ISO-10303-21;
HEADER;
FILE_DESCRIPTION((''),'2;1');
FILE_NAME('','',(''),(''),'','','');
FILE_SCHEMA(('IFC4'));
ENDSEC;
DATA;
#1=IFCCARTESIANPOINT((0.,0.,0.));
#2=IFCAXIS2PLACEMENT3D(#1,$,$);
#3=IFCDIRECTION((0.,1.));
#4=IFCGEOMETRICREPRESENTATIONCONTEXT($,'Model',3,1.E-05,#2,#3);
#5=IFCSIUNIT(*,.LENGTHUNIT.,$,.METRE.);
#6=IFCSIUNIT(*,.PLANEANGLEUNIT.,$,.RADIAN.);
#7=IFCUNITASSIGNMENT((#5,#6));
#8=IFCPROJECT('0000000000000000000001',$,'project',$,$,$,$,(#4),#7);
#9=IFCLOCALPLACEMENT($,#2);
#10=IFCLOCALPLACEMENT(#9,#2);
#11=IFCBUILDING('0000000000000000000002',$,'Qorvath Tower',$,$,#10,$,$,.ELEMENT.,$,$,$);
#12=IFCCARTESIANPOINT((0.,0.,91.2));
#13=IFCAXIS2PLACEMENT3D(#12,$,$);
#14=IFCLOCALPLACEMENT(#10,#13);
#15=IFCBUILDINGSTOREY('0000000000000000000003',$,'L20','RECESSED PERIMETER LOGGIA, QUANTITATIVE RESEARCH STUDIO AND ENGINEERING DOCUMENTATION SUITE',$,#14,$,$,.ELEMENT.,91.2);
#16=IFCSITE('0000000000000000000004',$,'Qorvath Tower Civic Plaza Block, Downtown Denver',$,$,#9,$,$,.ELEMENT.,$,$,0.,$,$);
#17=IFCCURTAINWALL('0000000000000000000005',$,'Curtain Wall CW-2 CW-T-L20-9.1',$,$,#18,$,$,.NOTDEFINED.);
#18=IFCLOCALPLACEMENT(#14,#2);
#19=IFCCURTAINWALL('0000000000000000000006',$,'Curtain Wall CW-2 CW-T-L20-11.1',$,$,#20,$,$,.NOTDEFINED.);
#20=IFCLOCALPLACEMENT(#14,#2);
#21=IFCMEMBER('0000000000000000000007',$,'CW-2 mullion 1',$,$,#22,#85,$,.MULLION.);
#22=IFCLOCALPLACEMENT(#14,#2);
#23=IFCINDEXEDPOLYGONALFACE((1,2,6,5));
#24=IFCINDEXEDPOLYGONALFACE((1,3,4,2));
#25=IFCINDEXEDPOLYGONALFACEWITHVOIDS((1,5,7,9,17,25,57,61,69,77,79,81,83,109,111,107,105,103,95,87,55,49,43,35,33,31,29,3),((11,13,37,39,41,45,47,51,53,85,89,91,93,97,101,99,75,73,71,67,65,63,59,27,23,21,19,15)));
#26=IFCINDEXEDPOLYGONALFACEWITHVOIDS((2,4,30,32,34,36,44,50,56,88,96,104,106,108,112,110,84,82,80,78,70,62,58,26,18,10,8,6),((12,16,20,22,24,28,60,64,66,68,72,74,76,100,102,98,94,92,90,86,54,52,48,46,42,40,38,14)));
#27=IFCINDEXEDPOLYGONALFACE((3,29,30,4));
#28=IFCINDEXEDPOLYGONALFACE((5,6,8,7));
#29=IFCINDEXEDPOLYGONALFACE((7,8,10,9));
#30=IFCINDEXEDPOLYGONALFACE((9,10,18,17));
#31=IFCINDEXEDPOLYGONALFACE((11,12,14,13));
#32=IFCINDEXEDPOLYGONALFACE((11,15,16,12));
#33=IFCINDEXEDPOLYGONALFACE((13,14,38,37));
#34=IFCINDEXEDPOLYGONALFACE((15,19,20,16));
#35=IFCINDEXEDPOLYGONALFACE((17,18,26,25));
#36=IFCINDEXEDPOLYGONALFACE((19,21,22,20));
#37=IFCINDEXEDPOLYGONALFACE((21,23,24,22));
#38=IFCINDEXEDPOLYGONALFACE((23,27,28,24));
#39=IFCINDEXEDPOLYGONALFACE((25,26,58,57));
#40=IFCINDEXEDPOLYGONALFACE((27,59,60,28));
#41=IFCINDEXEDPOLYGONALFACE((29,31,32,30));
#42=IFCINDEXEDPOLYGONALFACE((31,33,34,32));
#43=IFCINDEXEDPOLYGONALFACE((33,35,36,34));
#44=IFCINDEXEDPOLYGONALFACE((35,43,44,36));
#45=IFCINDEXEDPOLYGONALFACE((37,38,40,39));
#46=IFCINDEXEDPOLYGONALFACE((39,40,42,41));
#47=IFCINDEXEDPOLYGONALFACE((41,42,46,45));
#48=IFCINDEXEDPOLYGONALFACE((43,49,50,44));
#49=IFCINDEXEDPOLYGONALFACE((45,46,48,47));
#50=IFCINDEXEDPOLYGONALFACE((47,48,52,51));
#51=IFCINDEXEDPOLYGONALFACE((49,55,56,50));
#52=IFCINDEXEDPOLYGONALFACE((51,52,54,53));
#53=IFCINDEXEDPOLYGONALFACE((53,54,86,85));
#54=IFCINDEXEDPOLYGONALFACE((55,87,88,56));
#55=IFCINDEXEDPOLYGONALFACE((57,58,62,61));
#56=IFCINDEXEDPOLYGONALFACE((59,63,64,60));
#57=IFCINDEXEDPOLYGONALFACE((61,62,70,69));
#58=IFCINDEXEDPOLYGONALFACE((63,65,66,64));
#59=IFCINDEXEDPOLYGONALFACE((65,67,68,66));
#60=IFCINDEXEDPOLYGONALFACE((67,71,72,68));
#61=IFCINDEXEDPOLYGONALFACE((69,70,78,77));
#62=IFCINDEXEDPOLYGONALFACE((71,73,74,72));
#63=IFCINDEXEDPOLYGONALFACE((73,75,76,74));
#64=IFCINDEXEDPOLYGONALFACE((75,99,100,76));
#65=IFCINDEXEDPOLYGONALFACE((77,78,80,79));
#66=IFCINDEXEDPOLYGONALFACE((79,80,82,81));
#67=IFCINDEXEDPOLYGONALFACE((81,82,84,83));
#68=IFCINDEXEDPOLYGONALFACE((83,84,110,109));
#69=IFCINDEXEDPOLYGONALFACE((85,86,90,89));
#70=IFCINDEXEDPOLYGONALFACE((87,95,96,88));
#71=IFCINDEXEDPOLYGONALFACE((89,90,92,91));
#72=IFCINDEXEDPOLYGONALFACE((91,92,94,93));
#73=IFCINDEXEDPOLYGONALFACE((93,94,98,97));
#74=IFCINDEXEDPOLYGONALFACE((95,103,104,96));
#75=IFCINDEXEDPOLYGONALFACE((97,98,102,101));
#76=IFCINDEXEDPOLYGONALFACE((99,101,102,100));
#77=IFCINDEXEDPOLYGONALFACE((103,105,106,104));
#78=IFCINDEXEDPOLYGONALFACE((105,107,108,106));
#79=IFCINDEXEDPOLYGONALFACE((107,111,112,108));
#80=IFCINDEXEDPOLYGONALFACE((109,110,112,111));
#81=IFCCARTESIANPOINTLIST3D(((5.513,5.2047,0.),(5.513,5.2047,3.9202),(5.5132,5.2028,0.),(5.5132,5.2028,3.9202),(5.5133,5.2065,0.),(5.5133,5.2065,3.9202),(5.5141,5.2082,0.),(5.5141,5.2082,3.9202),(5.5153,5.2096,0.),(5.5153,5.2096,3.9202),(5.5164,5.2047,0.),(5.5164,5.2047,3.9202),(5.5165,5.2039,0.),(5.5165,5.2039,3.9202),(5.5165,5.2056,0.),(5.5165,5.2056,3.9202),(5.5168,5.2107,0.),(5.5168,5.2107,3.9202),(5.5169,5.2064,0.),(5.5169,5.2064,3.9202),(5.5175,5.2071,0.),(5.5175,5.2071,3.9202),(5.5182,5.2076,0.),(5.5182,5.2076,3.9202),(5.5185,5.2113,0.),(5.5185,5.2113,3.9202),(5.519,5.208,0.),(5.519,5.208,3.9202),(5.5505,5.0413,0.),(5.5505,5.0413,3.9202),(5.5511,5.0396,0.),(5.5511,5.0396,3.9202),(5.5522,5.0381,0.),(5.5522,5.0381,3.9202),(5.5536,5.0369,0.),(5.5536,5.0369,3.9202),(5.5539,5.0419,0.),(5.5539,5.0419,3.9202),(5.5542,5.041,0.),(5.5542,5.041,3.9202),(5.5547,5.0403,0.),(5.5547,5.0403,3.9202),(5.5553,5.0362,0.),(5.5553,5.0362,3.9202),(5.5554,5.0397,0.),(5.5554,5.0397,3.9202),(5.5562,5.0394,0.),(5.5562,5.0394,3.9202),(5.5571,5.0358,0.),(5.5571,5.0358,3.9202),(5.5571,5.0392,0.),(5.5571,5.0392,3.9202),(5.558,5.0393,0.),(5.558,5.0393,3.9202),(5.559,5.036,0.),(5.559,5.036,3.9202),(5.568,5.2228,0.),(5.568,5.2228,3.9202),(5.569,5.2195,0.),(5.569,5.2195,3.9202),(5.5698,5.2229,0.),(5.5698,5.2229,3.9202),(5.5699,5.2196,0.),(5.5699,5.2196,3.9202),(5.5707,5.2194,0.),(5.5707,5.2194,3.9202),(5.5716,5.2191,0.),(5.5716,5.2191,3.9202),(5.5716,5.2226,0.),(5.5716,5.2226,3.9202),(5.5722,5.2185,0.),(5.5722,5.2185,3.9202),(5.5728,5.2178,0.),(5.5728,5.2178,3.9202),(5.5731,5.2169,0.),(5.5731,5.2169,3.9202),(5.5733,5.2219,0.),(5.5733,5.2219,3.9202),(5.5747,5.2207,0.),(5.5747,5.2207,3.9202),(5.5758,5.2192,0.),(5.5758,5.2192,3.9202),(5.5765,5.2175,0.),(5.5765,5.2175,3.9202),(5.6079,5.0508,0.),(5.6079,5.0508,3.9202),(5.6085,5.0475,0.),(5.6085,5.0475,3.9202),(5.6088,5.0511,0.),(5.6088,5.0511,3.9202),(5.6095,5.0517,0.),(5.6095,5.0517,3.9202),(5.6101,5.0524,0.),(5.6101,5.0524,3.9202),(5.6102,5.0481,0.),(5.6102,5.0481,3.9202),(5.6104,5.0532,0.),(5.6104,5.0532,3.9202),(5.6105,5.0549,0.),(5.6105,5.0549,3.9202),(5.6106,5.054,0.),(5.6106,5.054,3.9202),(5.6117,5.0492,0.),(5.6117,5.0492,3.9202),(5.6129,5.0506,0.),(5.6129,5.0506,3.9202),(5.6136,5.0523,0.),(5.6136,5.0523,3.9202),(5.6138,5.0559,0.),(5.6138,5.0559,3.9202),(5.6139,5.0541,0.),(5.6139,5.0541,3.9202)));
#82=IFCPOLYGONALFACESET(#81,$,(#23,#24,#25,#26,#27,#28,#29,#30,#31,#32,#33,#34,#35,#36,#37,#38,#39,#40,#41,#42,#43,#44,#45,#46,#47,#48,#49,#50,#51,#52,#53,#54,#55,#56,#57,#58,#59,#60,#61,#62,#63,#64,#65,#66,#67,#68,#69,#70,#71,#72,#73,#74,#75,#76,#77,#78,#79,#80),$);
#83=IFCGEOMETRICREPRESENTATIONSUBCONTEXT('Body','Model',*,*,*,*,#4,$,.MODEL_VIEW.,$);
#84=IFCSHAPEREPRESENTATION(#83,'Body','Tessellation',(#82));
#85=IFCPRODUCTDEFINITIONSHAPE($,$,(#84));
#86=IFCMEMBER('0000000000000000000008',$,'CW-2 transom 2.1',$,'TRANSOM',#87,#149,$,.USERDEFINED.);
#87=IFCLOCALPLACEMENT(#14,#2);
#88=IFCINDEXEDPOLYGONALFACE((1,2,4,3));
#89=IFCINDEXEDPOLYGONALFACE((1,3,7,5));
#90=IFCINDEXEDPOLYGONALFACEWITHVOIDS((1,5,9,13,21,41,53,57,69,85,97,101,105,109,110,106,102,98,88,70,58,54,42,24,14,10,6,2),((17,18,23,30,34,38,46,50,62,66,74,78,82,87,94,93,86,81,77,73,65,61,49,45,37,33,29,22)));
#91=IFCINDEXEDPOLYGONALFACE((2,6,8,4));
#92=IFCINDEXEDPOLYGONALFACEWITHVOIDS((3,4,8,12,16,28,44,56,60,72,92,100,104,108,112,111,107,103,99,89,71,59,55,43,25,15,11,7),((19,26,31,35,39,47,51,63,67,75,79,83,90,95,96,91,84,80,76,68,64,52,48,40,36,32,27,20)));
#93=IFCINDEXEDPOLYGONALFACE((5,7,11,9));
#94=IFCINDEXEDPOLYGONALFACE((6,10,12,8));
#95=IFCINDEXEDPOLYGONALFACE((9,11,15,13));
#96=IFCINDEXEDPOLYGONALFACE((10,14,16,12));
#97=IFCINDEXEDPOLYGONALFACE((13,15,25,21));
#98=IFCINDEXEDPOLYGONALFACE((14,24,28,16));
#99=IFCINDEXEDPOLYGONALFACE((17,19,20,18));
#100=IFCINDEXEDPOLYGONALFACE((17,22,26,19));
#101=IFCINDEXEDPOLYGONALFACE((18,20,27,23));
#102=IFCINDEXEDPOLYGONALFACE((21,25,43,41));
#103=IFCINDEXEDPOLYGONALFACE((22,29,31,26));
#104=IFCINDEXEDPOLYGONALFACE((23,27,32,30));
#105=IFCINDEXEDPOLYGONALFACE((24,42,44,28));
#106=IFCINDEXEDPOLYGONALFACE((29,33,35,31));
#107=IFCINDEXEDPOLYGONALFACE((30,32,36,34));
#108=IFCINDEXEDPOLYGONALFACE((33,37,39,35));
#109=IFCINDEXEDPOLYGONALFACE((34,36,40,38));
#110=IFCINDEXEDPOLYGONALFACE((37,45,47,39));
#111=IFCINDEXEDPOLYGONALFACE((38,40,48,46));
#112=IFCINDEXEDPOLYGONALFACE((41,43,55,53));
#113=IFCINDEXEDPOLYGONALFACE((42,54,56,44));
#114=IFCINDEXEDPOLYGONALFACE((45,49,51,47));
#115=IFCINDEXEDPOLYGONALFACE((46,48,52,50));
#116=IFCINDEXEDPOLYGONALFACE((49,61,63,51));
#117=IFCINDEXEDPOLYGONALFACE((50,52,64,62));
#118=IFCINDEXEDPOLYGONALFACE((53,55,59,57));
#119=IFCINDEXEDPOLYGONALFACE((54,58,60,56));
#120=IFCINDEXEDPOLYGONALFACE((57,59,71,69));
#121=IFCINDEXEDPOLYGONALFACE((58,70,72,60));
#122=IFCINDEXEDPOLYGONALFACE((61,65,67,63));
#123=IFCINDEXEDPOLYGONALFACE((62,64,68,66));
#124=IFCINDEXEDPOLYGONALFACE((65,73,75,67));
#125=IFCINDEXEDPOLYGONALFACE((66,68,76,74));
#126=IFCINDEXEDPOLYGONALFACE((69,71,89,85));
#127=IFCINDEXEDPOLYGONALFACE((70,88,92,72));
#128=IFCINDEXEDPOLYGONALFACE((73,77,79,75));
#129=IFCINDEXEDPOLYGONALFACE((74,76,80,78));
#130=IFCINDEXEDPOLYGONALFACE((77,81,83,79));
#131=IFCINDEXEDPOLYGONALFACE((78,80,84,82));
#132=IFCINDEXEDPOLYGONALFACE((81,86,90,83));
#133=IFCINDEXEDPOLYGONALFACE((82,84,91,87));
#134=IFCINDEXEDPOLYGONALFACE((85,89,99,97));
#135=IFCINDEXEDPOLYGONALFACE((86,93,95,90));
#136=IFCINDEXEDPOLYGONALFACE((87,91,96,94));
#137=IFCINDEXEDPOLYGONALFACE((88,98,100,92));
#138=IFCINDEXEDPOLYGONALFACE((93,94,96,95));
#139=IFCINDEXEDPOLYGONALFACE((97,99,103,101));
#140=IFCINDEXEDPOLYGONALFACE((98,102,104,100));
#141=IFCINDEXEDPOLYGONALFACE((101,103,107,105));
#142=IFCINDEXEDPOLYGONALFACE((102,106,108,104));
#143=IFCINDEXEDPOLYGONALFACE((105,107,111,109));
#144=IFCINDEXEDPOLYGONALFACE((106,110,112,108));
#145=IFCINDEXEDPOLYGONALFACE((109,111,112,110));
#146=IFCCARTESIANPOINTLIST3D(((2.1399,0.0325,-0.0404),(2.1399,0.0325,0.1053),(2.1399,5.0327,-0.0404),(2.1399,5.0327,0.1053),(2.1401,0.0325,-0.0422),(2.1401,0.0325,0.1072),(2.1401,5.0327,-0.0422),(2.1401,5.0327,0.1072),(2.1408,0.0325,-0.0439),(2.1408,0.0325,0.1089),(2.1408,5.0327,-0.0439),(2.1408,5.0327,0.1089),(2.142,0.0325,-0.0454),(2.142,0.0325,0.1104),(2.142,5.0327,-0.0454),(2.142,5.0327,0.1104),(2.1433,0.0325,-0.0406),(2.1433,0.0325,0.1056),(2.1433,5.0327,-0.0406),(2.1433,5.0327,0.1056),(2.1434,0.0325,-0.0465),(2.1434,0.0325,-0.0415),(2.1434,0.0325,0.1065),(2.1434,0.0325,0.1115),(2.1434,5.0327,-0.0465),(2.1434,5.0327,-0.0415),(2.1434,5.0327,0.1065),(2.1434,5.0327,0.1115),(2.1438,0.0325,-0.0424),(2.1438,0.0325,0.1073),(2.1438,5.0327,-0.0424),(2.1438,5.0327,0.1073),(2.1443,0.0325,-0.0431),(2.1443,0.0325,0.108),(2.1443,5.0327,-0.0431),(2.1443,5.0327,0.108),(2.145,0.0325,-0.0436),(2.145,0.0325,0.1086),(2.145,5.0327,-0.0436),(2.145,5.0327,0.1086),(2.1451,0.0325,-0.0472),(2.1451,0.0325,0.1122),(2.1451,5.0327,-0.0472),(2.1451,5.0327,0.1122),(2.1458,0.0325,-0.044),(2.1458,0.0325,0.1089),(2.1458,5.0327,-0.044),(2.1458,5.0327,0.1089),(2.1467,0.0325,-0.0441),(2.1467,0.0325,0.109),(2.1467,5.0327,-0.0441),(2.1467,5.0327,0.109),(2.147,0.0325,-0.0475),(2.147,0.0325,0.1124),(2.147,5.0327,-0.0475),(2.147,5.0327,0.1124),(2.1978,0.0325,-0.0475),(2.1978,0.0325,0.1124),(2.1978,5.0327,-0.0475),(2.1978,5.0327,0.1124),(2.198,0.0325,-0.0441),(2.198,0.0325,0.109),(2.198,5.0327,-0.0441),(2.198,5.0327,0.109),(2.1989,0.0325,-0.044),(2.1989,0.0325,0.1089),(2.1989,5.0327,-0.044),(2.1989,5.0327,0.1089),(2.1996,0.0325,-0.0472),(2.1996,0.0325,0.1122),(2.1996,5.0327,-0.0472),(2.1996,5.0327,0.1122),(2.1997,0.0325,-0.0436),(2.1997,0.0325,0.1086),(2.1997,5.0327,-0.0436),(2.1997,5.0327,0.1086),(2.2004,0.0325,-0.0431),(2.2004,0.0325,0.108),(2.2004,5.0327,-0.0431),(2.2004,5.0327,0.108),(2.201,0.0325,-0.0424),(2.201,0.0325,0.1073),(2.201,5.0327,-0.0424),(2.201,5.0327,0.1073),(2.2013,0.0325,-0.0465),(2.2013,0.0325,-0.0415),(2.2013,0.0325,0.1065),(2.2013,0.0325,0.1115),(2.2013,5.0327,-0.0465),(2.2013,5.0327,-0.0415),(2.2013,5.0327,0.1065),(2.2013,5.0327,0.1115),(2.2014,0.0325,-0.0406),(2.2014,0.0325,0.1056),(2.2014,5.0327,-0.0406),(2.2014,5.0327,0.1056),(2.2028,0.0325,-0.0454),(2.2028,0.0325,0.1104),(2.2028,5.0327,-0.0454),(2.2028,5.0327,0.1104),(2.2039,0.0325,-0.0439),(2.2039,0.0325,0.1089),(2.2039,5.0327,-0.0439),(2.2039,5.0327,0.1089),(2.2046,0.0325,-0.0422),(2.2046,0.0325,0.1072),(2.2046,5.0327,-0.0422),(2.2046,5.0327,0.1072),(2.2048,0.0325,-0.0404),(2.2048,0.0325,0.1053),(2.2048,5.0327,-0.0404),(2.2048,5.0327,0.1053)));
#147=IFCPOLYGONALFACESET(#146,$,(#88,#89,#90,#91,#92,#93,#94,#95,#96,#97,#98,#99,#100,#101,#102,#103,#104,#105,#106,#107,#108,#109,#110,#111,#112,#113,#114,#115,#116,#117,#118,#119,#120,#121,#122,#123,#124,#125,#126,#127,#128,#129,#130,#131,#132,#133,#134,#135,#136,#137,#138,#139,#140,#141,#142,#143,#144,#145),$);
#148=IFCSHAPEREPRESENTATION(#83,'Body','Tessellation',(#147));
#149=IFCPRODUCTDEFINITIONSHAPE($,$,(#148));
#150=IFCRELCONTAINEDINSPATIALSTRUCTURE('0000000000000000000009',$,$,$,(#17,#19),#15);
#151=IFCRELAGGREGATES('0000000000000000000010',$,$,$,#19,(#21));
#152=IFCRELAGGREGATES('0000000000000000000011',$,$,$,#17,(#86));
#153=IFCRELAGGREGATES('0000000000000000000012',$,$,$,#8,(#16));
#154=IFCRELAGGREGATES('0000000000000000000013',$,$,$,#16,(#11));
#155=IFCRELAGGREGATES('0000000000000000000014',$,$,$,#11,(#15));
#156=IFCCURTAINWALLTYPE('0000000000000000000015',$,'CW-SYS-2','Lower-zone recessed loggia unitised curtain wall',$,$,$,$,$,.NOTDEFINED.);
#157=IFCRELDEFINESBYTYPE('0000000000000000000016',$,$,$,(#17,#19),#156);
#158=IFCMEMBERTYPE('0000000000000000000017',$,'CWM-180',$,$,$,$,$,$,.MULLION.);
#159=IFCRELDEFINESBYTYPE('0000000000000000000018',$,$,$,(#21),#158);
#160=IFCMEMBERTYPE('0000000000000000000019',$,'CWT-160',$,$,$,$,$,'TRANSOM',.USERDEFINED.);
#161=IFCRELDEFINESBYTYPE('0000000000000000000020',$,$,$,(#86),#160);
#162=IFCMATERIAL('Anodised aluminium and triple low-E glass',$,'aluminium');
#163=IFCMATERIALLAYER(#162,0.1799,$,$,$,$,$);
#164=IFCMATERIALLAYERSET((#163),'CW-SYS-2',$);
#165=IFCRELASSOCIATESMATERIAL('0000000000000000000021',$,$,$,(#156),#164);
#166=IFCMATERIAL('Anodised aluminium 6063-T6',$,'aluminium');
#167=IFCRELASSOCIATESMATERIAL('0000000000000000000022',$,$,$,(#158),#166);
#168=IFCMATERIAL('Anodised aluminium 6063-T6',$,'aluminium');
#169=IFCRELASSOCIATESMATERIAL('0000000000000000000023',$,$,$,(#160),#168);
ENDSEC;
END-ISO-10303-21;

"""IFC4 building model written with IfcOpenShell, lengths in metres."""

from ifc_helpers import new_model, si_unit, direction, frame, origin, origin_2d, place, context, subcontext, project, spatial, hollow_rectangle, extrude, material, layer, layer_set, material_profile, profile_set, type_object, element, aggregate, save


model = new_model("IFC4")

# Units and contexts
model_context = context("Model", 3, precision=1e-05, world=origin(), true_north=direction((0.0, 1.0)))
body_context = subcontext(model_context, "Body", "Model", "MODEL_VIEW")
ifc_project = project(units=[si_unit("LENGTHUNIT", "METRE"), si_unit("PLANEANGLEUNIT", "RADIAN")], contexts=[model_context])

# Site, building, storey
site_placement = place(None, origin())
site = spatial("IfcSite", under=ifc_project, at=site_placement, Name="Qorvath Tower Civic Plaza Block, Downtown Denver", CompositionType="ELEMENT", RefElevation=0.0)
building_placement = place(site_placement, origin())
building = spatial("IfcBuilding", under=site, at=building_placement, Name="Qorvath Tower", CompositionType="ELEMENT")
storey_placement = place(building_placement, frame((0.0, 0.0, 91.2)))
storey = spatial("IfcBuildingStorey", under=building, at=storey_placement, Name="L20", Description="RECESSED PERIMETER LOGGIA, QUANTITATIVE RESEARCH STUDIO AND ENGINEERING DOCUMENTATION SUITE", CompositionType="ELEMENT", Elevation=91.2)

# Curtain wall
ifc_material_1 = material(Name="Anodised aluminium and triple low-E glass", Category="aluminium")
ifc_layer_1 = layer(ifc_material_1, 0.1799)
ifc_layer_set_1 = layer_set([ifc_layer_1], Name="CW-SYS-2")
curtain_wall_type = type_object("IfcCurtainWallType", Name="CW-SYS-2", Description="Lower-zone recessed loggia unitised curtain wall", PredefinedType="NOTDEFINED", material=ifc_layer_set_1)
curtain_wall_1_placement = place(storey_placement, origin())
curtain_wall_1 = element("IfcCurtainWall", 1, at=curtain_wall_1_placement, inside=storey, type_object=curtain_wall_type, Name="Curtain Wall CW-2 CW-T-L20-9.1", PredefinedType="NOTDEFINED")
ifc_material_2 = material(Name="Anodised aluminium 6063-T6", Category="aluminium")
ifc_material_profile_1 = material_profile(ifc_material_2, hollow_rectangle(XDim=0.0649, YDim=0.1799, WallThickness=0.0034, InnerFilletRadius=0.0034, OuterFilletRadius=0.0071, at=origin_2d()), Name="CWM 180x65")
ifc_profile_set_1 = profile_set([ifc_material_profile_1], Name="Anodised aluminium 6063-T6")
member_type_1 = type_object("IfcMemberType", Name="CWM-180", PredefinedType="MULLION", material=ifc_profile_set_1)

# Curtain wall, member
curtain_wall_2_placement = place(storey_placement, origin())
curtain_wall_2 = element("IfcCurtainWall", 2, at=curtain_wall_2_placement, inside=storey, type_object=curtain_wall_type, Name="Curtain Wall CW-2 CW-T-L20-11.1", PredefinedType="NOTDEFINED")
member_1_placement = place(storey_placement, frame((5.5635, 5.1294, 0.0), z_axis=(0.0, 0.0, 1.0), x_axis=(-0.974351, -0.225034, 0.0)))
member_1 = element("IfcMember", 3, at=member_1_placement, type_object=member_type_1, Name="CW-2 mullion 1", PredefinedType="MULLION", context=body_context, shape_type="SweptSolid", body=[
    extrude(hollow_rectangle(XDim=0.0649, YDim=0.1799, WallThickness=0.0034, InnerFilletRadius=0.0034, OuterFilletRadius=0.0071, at=origin_2d()), origin(), (0.0, 0.0, 1.0), 3.9202),
])

# Member
ifc_material_3 = material(Name="Anodised aluminium 6063-T6", Category="aluminium")
ifc_material_profile_2 = material_profile(ifc_material_3, hollow_rectangle(XDim=0.0649, YDim=0.1599, WallThickness=0.0034, InnerFilletRadius=0.0034, OuterFilletRadius=0.0071, at=origin_2d()), Name="CWT 160x65")
ifc_profile_set_2 = profile_set([ifc_material_profile_2], Name="Anodised aluminium 6063-T6")
member_type_2 = type_object("IfcMemberType", Name="CWT-160", ElementType="TRANSOM", PredefinedType="USERDEFINED", material=ifc_profile_set_2)
member_2_placement = place(storey_placement, frame((2.1724, 0.0325, 0.0325), z_axis=(0.0, 1.0, 0.0), x_axis=(-1.0, 0.0, 0.0)))
member_2 = element("IfcMember", 4, at=member_2_placement, type_object=member_type_2, Name="CW-2 transom 2.1", ObjectType="TRANSOM", PredefinedType="USERDEFINED", context=body_context, shape_type="SweptSolid", body=[
    extrude(hollow_rectangle(XDim=0.0649, YDim=0.1599, WallThickness=0.0034, InnerFilletRadius=0.0034, OuterFilletRadius=0.0071, at=origin_2d()), origin(), (0.0, 0.0, 1.0), 5.0002),
])
aggregate(curtain_wall_2, [member_1])

aggregate(curtain_wall_1, [member_2])

save(model, "model.ifc")
